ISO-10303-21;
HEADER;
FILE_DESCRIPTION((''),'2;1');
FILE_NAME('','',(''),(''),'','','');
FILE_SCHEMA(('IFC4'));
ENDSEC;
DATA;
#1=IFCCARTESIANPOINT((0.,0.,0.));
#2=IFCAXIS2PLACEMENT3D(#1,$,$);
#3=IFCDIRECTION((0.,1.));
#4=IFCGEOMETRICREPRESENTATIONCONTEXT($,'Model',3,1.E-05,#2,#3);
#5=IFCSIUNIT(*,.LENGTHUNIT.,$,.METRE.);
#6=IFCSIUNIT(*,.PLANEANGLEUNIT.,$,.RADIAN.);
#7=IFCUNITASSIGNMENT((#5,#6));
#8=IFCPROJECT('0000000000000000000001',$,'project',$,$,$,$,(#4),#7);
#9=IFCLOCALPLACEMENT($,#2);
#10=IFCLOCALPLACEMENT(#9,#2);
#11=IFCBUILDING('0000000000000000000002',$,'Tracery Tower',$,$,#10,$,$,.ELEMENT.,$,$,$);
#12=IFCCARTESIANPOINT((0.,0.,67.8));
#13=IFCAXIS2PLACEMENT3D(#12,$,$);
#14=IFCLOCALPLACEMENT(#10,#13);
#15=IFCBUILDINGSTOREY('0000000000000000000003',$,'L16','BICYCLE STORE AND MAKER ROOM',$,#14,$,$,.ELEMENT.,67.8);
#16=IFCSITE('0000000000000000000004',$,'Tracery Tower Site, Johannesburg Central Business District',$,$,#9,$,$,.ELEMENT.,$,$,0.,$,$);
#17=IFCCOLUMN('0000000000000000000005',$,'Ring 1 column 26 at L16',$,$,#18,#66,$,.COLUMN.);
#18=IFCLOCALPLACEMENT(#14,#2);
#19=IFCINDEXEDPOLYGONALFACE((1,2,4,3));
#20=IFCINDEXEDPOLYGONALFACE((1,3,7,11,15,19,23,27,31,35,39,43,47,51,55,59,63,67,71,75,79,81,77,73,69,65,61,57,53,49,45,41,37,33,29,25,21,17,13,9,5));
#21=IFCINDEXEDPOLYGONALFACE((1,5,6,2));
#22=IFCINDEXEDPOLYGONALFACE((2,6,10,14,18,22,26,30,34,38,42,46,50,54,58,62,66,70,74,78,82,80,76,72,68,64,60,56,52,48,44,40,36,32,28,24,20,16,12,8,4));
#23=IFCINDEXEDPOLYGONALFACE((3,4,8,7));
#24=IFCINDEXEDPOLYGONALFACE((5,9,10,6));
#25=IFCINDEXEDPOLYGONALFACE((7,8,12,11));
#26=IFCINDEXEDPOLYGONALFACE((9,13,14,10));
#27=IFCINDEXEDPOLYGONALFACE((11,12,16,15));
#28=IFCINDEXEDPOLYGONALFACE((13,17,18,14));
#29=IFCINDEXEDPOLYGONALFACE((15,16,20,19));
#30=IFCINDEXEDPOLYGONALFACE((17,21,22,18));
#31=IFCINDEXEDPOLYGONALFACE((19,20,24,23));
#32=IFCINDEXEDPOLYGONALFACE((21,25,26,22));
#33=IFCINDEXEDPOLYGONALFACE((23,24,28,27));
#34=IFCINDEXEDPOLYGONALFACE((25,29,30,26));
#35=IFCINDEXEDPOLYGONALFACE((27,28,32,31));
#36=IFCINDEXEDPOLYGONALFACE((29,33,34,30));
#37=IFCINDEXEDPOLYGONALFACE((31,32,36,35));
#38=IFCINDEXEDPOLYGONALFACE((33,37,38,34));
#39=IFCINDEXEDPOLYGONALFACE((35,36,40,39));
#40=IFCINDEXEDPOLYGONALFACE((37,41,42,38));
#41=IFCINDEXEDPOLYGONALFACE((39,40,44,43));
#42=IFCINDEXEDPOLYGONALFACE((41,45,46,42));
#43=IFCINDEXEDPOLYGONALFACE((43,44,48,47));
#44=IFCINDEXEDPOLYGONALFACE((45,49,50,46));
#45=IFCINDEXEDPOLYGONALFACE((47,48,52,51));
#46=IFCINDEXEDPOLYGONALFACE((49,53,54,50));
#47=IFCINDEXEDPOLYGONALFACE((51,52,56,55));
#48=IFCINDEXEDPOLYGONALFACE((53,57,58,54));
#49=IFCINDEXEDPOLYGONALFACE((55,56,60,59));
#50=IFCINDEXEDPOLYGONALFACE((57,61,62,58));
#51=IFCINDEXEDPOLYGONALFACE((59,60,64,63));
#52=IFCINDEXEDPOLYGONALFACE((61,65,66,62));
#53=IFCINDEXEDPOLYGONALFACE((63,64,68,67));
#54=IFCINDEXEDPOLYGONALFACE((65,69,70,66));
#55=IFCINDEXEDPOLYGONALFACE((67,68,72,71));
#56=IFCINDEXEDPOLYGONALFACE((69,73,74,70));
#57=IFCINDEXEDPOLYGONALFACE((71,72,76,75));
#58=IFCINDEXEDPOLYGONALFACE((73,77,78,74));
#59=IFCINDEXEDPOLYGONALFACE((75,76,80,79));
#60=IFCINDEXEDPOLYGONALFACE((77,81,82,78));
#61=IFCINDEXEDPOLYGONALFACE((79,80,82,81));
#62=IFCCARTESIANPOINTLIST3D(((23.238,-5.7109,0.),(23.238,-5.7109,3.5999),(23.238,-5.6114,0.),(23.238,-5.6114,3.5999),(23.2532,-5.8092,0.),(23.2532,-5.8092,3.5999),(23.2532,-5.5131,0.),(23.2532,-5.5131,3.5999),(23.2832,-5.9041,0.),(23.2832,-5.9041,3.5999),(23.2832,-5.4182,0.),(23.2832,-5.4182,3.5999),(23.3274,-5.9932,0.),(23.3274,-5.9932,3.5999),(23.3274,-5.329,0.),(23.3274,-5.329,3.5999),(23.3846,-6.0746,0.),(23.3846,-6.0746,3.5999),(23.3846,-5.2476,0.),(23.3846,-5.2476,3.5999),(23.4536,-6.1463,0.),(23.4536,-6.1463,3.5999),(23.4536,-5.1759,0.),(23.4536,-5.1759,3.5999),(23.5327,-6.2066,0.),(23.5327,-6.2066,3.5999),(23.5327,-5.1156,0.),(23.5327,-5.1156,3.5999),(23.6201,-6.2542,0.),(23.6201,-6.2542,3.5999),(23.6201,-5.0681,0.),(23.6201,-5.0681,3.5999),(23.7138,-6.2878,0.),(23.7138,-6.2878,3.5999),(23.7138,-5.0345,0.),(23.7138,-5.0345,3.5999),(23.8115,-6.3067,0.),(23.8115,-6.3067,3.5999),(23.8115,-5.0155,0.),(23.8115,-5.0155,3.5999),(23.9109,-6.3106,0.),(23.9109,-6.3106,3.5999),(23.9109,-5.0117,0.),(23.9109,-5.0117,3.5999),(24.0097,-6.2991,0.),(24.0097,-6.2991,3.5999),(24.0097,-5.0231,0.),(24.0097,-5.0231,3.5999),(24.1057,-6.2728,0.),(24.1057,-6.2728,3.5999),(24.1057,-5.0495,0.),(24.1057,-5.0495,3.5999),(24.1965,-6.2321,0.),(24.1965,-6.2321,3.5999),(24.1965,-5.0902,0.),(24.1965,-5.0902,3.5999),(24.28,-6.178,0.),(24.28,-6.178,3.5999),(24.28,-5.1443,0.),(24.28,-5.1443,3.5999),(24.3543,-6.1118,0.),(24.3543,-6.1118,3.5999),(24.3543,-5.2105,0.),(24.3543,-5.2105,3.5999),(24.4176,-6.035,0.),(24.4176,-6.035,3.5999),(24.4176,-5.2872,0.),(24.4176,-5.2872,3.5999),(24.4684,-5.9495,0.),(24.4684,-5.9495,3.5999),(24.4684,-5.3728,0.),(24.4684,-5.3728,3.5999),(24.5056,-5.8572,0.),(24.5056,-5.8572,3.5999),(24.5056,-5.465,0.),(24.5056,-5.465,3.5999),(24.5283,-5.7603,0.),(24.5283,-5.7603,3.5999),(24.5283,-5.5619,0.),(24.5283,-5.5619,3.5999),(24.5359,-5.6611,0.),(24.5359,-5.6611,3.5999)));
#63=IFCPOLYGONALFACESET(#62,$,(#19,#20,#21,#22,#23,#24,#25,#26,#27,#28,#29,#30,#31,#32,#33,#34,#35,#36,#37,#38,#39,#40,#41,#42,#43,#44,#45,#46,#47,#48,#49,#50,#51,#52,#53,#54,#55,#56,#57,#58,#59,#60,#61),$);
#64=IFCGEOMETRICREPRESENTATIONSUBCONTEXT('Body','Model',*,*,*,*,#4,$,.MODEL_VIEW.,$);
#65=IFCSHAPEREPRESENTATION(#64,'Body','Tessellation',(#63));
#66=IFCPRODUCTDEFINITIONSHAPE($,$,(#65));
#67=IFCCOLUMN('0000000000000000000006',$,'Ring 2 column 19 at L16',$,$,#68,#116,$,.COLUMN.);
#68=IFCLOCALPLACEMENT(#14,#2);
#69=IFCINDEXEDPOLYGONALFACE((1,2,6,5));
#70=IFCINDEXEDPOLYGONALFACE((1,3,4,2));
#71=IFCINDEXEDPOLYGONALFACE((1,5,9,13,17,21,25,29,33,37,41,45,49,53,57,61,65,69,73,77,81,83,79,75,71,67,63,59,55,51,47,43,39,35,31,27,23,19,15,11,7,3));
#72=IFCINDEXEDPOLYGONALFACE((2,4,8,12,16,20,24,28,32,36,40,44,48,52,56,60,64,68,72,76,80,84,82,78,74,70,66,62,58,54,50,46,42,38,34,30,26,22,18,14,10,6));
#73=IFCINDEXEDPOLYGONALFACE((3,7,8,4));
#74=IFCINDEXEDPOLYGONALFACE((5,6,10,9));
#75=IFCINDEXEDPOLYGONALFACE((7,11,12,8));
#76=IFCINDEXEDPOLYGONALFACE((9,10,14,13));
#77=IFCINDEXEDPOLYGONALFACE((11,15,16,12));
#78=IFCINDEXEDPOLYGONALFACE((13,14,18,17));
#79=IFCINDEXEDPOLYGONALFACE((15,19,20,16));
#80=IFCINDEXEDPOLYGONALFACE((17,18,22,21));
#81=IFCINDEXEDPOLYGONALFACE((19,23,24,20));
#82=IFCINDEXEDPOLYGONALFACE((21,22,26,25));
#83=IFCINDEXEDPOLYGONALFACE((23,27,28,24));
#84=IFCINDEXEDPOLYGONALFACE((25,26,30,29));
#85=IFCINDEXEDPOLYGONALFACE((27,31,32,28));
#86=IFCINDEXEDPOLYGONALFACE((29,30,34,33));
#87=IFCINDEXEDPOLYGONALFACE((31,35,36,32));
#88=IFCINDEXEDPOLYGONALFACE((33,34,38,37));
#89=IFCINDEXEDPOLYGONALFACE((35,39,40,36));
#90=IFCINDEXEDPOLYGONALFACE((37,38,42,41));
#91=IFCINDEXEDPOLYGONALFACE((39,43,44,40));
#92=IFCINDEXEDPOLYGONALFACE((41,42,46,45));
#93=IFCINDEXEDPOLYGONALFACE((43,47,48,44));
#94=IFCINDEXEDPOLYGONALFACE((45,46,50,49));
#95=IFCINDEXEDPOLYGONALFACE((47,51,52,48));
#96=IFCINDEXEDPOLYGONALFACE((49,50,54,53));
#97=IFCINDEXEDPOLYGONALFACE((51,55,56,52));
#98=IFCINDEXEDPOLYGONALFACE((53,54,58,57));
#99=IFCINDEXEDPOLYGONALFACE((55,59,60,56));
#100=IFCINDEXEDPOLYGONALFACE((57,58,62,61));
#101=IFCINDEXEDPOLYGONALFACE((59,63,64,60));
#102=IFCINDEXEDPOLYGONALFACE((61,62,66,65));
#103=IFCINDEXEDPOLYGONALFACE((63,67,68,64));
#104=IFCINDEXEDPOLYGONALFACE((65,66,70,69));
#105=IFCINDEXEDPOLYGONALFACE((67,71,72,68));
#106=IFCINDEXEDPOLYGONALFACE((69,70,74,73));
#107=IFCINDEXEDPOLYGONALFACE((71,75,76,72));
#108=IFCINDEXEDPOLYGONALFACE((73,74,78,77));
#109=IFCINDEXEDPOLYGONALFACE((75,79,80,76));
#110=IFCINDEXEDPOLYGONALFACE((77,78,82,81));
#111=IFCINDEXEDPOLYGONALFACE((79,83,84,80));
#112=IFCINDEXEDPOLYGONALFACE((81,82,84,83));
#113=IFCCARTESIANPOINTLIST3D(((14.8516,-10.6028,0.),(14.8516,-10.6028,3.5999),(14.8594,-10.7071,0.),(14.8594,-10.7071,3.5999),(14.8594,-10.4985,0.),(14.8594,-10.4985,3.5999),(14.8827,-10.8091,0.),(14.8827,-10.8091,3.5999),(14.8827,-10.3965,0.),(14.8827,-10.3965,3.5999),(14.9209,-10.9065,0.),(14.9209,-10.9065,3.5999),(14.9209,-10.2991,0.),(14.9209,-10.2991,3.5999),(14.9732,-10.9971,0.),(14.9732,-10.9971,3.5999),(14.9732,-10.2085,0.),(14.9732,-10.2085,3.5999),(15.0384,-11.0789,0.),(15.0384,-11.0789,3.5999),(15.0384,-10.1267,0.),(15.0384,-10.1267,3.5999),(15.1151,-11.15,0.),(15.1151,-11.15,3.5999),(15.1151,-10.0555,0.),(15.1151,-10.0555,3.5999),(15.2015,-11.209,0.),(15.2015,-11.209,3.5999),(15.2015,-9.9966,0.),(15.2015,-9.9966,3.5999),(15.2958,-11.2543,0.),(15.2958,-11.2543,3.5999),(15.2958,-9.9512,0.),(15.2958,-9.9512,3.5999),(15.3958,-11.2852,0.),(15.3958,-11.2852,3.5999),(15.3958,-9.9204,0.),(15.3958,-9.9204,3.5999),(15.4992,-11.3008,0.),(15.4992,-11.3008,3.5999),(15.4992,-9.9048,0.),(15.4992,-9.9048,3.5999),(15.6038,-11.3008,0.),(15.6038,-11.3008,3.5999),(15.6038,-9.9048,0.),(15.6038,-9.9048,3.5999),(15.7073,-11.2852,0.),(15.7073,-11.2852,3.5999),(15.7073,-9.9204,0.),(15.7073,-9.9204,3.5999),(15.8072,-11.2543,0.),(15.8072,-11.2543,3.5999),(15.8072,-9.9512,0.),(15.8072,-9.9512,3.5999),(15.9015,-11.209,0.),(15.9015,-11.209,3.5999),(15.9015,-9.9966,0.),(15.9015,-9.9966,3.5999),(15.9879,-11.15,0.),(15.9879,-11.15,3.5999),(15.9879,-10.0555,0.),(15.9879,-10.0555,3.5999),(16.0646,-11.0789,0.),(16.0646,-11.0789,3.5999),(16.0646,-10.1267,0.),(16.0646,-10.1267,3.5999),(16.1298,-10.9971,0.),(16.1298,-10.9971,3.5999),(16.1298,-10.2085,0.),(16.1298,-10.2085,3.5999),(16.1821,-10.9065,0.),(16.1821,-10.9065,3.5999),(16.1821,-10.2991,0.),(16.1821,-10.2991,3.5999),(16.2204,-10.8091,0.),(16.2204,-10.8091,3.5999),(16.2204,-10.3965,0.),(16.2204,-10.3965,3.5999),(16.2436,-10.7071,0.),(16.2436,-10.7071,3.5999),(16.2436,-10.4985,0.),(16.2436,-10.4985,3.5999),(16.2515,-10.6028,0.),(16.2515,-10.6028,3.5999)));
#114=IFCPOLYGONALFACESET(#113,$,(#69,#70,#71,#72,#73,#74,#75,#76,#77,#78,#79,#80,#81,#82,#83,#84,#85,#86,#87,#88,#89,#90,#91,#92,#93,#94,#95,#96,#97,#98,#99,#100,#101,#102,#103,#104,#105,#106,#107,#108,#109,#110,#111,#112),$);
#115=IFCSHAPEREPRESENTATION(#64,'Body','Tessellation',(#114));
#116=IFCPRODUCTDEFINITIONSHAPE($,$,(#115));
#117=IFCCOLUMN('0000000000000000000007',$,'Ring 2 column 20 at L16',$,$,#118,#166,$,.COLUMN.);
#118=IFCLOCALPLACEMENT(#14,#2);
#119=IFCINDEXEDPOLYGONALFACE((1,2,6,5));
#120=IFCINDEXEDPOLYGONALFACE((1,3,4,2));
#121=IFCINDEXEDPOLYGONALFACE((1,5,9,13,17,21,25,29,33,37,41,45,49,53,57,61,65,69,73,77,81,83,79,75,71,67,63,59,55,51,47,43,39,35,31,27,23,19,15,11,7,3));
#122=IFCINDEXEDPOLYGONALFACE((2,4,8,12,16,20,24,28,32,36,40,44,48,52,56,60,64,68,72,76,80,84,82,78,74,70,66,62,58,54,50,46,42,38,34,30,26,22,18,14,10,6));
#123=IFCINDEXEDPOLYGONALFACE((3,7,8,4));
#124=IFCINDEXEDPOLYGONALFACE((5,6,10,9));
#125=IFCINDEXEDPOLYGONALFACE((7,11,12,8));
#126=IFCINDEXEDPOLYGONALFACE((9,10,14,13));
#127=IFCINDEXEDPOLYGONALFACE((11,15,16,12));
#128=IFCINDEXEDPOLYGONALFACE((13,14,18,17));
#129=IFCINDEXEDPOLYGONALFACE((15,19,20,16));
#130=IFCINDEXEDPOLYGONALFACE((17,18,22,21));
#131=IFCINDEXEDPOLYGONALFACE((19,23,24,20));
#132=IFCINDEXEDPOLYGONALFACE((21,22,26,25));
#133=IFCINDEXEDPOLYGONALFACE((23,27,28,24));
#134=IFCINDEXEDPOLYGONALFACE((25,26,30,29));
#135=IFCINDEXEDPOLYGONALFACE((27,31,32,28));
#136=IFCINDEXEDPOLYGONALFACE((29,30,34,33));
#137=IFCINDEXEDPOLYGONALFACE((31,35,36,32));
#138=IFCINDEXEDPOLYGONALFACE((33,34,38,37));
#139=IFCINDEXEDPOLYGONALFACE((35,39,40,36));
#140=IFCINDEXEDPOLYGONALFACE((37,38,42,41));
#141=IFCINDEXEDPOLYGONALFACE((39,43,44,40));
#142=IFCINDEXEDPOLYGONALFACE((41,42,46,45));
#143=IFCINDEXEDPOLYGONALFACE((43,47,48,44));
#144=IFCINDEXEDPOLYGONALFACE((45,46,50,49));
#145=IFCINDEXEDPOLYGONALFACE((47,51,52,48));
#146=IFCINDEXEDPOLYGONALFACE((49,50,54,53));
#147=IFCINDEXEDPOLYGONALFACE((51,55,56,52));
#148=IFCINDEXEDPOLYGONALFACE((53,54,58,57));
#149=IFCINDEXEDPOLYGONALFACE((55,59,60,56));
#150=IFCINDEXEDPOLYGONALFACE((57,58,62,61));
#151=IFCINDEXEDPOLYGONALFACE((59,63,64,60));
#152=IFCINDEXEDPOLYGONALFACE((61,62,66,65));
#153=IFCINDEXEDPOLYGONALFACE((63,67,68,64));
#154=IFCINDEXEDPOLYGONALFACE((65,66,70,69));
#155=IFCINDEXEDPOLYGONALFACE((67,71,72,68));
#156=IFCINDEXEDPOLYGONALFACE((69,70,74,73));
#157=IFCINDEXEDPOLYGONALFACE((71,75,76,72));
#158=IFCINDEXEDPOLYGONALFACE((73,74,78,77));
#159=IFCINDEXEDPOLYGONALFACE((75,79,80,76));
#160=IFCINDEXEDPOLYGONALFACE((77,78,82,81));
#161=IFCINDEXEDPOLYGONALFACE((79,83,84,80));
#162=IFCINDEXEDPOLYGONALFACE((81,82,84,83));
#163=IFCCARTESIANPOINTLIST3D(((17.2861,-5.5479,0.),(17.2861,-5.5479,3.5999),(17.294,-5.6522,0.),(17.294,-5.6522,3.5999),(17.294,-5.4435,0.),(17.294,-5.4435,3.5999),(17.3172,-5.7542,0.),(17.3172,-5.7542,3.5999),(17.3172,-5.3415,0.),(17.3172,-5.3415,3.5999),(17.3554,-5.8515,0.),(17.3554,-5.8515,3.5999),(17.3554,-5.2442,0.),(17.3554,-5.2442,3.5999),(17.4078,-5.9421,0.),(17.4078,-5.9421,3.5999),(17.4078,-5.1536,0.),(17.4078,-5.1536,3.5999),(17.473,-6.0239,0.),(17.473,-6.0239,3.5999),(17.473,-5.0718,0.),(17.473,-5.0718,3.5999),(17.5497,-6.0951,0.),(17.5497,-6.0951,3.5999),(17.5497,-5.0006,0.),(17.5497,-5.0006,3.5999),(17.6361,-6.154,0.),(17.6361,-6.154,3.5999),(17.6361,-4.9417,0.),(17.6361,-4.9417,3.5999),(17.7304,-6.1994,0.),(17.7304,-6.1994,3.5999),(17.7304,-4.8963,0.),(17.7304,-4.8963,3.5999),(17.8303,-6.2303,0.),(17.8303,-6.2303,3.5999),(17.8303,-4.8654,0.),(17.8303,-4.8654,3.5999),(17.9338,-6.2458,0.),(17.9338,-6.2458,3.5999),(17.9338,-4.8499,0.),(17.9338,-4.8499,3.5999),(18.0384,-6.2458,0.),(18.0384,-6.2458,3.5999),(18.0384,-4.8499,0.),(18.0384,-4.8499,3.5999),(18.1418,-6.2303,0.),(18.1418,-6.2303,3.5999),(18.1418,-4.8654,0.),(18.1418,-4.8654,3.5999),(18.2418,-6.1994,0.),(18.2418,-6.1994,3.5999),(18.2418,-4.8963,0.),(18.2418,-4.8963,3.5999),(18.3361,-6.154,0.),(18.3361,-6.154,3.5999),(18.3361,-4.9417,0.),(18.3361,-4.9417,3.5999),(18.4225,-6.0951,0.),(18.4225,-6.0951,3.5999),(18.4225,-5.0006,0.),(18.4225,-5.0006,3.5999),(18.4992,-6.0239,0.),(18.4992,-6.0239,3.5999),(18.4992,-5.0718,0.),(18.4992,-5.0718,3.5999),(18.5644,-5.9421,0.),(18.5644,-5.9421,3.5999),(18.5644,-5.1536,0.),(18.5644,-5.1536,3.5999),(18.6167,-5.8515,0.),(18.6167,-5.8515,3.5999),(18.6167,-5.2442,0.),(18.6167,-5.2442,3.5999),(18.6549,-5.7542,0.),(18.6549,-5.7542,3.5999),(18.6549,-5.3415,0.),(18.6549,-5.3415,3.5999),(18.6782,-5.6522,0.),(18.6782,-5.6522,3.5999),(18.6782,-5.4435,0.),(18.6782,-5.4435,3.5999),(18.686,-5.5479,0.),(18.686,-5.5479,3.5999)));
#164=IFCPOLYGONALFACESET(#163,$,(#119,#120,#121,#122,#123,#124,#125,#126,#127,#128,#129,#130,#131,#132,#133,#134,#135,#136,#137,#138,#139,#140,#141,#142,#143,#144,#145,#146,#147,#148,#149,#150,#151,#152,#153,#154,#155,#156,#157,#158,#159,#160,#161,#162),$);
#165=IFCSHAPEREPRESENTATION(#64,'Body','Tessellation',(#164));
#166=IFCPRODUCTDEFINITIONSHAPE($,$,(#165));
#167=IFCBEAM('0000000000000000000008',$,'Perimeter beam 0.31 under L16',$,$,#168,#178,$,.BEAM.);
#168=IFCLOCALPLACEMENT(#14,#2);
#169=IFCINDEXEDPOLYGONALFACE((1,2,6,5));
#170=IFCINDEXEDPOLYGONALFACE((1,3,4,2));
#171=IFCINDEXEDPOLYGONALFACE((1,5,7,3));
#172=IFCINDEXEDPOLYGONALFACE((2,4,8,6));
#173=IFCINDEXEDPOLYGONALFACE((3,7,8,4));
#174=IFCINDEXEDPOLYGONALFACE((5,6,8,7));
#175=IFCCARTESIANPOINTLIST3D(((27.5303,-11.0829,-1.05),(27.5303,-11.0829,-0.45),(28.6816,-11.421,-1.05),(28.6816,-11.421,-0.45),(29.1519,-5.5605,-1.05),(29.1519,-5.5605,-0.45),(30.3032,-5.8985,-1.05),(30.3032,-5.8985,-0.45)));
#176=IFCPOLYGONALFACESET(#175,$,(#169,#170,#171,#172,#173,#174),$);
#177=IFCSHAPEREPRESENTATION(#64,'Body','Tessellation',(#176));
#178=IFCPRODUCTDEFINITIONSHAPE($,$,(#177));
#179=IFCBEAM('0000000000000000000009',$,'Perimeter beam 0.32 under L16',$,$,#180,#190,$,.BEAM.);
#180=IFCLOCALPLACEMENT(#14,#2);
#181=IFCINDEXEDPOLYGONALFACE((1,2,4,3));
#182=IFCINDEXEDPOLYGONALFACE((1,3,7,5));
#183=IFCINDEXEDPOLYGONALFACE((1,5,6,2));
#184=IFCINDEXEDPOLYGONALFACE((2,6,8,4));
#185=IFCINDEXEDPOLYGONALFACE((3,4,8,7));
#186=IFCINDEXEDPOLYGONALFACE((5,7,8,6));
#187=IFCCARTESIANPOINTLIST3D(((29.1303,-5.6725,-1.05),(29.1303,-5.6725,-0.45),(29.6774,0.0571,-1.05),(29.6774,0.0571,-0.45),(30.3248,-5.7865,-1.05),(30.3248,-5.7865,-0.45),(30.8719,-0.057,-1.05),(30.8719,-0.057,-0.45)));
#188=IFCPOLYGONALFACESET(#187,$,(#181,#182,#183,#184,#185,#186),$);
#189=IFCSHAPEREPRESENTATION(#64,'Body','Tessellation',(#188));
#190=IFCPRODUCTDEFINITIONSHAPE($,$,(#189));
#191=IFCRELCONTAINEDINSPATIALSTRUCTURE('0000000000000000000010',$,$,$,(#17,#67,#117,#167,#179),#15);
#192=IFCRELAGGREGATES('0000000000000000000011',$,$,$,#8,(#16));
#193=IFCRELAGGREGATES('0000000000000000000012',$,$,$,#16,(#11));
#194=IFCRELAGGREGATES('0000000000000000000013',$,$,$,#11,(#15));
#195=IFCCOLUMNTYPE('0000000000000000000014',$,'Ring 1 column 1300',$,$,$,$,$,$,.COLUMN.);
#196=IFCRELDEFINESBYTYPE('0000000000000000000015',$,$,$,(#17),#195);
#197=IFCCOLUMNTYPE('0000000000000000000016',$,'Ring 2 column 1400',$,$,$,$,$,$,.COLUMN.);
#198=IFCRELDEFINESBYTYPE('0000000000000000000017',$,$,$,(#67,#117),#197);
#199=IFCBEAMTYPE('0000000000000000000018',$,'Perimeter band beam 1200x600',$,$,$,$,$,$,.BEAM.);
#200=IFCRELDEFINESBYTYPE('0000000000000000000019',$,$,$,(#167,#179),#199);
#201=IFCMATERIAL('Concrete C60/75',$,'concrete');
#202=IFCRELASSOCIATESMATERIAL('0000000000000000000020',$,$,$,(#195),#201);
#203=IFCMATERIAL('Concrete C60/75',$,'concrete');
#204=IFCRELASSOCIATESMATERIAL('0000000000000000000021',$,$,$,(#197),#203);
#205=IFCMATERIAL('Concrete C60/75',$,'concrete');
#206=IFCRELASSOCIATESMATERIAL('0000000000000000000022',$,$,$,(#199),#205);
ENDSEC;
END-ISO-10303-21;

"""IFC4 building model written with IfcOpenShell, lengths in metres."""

from ifc_helpers import new_model, si_unit, direction, frame, origin, origin_2d, place, context, subcontext, project, spatial, rectangle, circle, extrude, material, material_profile, profile_set, type_object, element, save


model = new_model("IFC4")

# Units and contexts
model_context = context("Model", 3, precision=1e-05, world=origin(), true_north=direction((0.0, 1.0)))
body_context = subcontext(model_context, "Body", "Model", "MODEL_VIEW")
ifc_project = project(units=[si_unit("LENGTHUNIT", "METRE"), si_unit("PLANEANGLEUNIT", "RADIAN")], contexts=[model_context])

# Site, building, storey
site_placement = place(None, origin())
site = spatial("IfcSite", under=ifc_project, at=site_placement, Name="Tracery Tower Site, Johannesburg Central Business District", CompositionType="ELEMENT", RefElevation=0.0)
building_placement = place(site_placement, origin())
building = spatial("IfcBuilding", under=site, at=building_placement, Name="Tracery Tower", CompositionType="ELEMENT")
storey_placement = place(building_placement, frame((0.0, 0.0, 67.8)))
storey = spatial("IfcBuildingStorey", under=building, at=storey_placement, Name="L16", Description="BICYCLE STORE AND MAKER ROOM", CompositionType="ELEMENT", Elevation=67.8)

# Columns
ifc_material_1 = material(Name="Concrete C60/75", Category="concrete")
ifc_material_profile_1 = material_profile(ifc_material_1, circle(Radius=0.6499, at=origin_2d()), Name="RC D1300")
ifc_profile_set_1 = profile_set([ifc_material_profile_1], Name="Concrete C60/75")
column_type_1 = type_object("IfcColumnType", Name="Ring 1 column 1300", PredefinedType="COLUMN", material=ifc_profile_set_1)
for number, where, z_axis, x_axis, name in (
    (1, (23.886, -5.6611, 0.0), (0.0, 0.0, 1.0), (1.0, 0.0, 0.0), "Ring 1 column 26 at L16"),
):
    element("IfcColumn", number, at=place(storey_placement, frame(where, z_axis=z_axis, x_axis=x_axis)), inside=storey, type_object=column_type_1, Name=name, PredefinedType="COLUMN", context=body_context, shape_type="SweptSolid", body=[
        extrude(circle(Radius=0.6499, at=origin_2d()), origin(), (0.0, 0.0, 1.0), 3.5999),
    ])
ifc_material_2 = material(Name="Concrete C60/75", Category="concrete")
ifc_material_profile_2 = material_profile(ifc_material_2, circle(Radius=0.7, at=origin_2d()), Name="RC D1400")
ifc_profile_set_2 = profile_set([ifc_material_profile_2], Name="Concrete C60/75")
column_type_2 = type_object("IfcColumnType", Name="Ring 2 column 1400", PredefinedType="COLUMN", material=ifc_profile_set_2)
for number, where, z_axis, x_axis, name in (
    (2, (15.5515, -10.6028, 0.0), (0.0, 0.0, 1.0), (1.0, 0.0, 0.0), "Ring 2 column 19 at L16"),
    (3, (17.9861, -5.5479, 0.0), (0.0, 0.0, 1.0), (1.0, 0.0, 0.0), "Ring 2 column 20 at L16"),
):
    element("IfcColumn", number, at=place(storey_placement, frame(where, z_axis=z_axis, x_axis=x_axis)), inside=storey, type_object=column_type_2, Name=name, PredefinedType="COLUMN", context=body_context, shape_type="SweptSolid", body=[
        extrude(circle(Radius=0.7, at=origin_2d()), origin(), (0.0, 0.0, 1.0), 3.5999),
    ])

# Beams
ifc_material_3 = material(Name="Concrete C60/75", Category="concrete")
ifc_material_profile_3 = material_profile(ifc_material_3, rectangle(XDim=1.2, YDim=0.6001, at=origin_2d()), Name="RC 1200x600")
ifc_profile_set_3 = profile_set([ifc_material_profile_3], Name="Concrete C60/75")
beam_type = type_object("IfcBeamType", Name="Perimeter band beam 1200x600", PredefinedType="BEAM", material=ifc_profile_set_3)
for number, where, z_axis, x_axis, name in (
    (4, (28.106, -11.252, -0.75), (0.281739, 0.959491, 0.0), (-0.959491, 0.281739, 0.0), "Perimeter beam 0.31 under L16"),
    (5, (29.7275, -5.7295, -0.75), (0.095059, 0.995472, 0.0), (-0.995472, 0.095059, 0.0), "Perimeter beam 0.32 under L16"),
):
    element("IfcBeam", number, at=place(storey_placement, frame(where, z_axis=z_axis, x_axis=x_axis)), inside=storey, type_object=beam_type, Name=name, PredefinedType="BEAM", context=body_context, shape_type="SweptSolid", body=[
        extrude(rectangle(XDim=1.2, YDim=0.6001, at=origin_2d()), origin(), (0.0, 0.0, 1.0), 5.7556),
    ])

save(model, "model.ifc")
